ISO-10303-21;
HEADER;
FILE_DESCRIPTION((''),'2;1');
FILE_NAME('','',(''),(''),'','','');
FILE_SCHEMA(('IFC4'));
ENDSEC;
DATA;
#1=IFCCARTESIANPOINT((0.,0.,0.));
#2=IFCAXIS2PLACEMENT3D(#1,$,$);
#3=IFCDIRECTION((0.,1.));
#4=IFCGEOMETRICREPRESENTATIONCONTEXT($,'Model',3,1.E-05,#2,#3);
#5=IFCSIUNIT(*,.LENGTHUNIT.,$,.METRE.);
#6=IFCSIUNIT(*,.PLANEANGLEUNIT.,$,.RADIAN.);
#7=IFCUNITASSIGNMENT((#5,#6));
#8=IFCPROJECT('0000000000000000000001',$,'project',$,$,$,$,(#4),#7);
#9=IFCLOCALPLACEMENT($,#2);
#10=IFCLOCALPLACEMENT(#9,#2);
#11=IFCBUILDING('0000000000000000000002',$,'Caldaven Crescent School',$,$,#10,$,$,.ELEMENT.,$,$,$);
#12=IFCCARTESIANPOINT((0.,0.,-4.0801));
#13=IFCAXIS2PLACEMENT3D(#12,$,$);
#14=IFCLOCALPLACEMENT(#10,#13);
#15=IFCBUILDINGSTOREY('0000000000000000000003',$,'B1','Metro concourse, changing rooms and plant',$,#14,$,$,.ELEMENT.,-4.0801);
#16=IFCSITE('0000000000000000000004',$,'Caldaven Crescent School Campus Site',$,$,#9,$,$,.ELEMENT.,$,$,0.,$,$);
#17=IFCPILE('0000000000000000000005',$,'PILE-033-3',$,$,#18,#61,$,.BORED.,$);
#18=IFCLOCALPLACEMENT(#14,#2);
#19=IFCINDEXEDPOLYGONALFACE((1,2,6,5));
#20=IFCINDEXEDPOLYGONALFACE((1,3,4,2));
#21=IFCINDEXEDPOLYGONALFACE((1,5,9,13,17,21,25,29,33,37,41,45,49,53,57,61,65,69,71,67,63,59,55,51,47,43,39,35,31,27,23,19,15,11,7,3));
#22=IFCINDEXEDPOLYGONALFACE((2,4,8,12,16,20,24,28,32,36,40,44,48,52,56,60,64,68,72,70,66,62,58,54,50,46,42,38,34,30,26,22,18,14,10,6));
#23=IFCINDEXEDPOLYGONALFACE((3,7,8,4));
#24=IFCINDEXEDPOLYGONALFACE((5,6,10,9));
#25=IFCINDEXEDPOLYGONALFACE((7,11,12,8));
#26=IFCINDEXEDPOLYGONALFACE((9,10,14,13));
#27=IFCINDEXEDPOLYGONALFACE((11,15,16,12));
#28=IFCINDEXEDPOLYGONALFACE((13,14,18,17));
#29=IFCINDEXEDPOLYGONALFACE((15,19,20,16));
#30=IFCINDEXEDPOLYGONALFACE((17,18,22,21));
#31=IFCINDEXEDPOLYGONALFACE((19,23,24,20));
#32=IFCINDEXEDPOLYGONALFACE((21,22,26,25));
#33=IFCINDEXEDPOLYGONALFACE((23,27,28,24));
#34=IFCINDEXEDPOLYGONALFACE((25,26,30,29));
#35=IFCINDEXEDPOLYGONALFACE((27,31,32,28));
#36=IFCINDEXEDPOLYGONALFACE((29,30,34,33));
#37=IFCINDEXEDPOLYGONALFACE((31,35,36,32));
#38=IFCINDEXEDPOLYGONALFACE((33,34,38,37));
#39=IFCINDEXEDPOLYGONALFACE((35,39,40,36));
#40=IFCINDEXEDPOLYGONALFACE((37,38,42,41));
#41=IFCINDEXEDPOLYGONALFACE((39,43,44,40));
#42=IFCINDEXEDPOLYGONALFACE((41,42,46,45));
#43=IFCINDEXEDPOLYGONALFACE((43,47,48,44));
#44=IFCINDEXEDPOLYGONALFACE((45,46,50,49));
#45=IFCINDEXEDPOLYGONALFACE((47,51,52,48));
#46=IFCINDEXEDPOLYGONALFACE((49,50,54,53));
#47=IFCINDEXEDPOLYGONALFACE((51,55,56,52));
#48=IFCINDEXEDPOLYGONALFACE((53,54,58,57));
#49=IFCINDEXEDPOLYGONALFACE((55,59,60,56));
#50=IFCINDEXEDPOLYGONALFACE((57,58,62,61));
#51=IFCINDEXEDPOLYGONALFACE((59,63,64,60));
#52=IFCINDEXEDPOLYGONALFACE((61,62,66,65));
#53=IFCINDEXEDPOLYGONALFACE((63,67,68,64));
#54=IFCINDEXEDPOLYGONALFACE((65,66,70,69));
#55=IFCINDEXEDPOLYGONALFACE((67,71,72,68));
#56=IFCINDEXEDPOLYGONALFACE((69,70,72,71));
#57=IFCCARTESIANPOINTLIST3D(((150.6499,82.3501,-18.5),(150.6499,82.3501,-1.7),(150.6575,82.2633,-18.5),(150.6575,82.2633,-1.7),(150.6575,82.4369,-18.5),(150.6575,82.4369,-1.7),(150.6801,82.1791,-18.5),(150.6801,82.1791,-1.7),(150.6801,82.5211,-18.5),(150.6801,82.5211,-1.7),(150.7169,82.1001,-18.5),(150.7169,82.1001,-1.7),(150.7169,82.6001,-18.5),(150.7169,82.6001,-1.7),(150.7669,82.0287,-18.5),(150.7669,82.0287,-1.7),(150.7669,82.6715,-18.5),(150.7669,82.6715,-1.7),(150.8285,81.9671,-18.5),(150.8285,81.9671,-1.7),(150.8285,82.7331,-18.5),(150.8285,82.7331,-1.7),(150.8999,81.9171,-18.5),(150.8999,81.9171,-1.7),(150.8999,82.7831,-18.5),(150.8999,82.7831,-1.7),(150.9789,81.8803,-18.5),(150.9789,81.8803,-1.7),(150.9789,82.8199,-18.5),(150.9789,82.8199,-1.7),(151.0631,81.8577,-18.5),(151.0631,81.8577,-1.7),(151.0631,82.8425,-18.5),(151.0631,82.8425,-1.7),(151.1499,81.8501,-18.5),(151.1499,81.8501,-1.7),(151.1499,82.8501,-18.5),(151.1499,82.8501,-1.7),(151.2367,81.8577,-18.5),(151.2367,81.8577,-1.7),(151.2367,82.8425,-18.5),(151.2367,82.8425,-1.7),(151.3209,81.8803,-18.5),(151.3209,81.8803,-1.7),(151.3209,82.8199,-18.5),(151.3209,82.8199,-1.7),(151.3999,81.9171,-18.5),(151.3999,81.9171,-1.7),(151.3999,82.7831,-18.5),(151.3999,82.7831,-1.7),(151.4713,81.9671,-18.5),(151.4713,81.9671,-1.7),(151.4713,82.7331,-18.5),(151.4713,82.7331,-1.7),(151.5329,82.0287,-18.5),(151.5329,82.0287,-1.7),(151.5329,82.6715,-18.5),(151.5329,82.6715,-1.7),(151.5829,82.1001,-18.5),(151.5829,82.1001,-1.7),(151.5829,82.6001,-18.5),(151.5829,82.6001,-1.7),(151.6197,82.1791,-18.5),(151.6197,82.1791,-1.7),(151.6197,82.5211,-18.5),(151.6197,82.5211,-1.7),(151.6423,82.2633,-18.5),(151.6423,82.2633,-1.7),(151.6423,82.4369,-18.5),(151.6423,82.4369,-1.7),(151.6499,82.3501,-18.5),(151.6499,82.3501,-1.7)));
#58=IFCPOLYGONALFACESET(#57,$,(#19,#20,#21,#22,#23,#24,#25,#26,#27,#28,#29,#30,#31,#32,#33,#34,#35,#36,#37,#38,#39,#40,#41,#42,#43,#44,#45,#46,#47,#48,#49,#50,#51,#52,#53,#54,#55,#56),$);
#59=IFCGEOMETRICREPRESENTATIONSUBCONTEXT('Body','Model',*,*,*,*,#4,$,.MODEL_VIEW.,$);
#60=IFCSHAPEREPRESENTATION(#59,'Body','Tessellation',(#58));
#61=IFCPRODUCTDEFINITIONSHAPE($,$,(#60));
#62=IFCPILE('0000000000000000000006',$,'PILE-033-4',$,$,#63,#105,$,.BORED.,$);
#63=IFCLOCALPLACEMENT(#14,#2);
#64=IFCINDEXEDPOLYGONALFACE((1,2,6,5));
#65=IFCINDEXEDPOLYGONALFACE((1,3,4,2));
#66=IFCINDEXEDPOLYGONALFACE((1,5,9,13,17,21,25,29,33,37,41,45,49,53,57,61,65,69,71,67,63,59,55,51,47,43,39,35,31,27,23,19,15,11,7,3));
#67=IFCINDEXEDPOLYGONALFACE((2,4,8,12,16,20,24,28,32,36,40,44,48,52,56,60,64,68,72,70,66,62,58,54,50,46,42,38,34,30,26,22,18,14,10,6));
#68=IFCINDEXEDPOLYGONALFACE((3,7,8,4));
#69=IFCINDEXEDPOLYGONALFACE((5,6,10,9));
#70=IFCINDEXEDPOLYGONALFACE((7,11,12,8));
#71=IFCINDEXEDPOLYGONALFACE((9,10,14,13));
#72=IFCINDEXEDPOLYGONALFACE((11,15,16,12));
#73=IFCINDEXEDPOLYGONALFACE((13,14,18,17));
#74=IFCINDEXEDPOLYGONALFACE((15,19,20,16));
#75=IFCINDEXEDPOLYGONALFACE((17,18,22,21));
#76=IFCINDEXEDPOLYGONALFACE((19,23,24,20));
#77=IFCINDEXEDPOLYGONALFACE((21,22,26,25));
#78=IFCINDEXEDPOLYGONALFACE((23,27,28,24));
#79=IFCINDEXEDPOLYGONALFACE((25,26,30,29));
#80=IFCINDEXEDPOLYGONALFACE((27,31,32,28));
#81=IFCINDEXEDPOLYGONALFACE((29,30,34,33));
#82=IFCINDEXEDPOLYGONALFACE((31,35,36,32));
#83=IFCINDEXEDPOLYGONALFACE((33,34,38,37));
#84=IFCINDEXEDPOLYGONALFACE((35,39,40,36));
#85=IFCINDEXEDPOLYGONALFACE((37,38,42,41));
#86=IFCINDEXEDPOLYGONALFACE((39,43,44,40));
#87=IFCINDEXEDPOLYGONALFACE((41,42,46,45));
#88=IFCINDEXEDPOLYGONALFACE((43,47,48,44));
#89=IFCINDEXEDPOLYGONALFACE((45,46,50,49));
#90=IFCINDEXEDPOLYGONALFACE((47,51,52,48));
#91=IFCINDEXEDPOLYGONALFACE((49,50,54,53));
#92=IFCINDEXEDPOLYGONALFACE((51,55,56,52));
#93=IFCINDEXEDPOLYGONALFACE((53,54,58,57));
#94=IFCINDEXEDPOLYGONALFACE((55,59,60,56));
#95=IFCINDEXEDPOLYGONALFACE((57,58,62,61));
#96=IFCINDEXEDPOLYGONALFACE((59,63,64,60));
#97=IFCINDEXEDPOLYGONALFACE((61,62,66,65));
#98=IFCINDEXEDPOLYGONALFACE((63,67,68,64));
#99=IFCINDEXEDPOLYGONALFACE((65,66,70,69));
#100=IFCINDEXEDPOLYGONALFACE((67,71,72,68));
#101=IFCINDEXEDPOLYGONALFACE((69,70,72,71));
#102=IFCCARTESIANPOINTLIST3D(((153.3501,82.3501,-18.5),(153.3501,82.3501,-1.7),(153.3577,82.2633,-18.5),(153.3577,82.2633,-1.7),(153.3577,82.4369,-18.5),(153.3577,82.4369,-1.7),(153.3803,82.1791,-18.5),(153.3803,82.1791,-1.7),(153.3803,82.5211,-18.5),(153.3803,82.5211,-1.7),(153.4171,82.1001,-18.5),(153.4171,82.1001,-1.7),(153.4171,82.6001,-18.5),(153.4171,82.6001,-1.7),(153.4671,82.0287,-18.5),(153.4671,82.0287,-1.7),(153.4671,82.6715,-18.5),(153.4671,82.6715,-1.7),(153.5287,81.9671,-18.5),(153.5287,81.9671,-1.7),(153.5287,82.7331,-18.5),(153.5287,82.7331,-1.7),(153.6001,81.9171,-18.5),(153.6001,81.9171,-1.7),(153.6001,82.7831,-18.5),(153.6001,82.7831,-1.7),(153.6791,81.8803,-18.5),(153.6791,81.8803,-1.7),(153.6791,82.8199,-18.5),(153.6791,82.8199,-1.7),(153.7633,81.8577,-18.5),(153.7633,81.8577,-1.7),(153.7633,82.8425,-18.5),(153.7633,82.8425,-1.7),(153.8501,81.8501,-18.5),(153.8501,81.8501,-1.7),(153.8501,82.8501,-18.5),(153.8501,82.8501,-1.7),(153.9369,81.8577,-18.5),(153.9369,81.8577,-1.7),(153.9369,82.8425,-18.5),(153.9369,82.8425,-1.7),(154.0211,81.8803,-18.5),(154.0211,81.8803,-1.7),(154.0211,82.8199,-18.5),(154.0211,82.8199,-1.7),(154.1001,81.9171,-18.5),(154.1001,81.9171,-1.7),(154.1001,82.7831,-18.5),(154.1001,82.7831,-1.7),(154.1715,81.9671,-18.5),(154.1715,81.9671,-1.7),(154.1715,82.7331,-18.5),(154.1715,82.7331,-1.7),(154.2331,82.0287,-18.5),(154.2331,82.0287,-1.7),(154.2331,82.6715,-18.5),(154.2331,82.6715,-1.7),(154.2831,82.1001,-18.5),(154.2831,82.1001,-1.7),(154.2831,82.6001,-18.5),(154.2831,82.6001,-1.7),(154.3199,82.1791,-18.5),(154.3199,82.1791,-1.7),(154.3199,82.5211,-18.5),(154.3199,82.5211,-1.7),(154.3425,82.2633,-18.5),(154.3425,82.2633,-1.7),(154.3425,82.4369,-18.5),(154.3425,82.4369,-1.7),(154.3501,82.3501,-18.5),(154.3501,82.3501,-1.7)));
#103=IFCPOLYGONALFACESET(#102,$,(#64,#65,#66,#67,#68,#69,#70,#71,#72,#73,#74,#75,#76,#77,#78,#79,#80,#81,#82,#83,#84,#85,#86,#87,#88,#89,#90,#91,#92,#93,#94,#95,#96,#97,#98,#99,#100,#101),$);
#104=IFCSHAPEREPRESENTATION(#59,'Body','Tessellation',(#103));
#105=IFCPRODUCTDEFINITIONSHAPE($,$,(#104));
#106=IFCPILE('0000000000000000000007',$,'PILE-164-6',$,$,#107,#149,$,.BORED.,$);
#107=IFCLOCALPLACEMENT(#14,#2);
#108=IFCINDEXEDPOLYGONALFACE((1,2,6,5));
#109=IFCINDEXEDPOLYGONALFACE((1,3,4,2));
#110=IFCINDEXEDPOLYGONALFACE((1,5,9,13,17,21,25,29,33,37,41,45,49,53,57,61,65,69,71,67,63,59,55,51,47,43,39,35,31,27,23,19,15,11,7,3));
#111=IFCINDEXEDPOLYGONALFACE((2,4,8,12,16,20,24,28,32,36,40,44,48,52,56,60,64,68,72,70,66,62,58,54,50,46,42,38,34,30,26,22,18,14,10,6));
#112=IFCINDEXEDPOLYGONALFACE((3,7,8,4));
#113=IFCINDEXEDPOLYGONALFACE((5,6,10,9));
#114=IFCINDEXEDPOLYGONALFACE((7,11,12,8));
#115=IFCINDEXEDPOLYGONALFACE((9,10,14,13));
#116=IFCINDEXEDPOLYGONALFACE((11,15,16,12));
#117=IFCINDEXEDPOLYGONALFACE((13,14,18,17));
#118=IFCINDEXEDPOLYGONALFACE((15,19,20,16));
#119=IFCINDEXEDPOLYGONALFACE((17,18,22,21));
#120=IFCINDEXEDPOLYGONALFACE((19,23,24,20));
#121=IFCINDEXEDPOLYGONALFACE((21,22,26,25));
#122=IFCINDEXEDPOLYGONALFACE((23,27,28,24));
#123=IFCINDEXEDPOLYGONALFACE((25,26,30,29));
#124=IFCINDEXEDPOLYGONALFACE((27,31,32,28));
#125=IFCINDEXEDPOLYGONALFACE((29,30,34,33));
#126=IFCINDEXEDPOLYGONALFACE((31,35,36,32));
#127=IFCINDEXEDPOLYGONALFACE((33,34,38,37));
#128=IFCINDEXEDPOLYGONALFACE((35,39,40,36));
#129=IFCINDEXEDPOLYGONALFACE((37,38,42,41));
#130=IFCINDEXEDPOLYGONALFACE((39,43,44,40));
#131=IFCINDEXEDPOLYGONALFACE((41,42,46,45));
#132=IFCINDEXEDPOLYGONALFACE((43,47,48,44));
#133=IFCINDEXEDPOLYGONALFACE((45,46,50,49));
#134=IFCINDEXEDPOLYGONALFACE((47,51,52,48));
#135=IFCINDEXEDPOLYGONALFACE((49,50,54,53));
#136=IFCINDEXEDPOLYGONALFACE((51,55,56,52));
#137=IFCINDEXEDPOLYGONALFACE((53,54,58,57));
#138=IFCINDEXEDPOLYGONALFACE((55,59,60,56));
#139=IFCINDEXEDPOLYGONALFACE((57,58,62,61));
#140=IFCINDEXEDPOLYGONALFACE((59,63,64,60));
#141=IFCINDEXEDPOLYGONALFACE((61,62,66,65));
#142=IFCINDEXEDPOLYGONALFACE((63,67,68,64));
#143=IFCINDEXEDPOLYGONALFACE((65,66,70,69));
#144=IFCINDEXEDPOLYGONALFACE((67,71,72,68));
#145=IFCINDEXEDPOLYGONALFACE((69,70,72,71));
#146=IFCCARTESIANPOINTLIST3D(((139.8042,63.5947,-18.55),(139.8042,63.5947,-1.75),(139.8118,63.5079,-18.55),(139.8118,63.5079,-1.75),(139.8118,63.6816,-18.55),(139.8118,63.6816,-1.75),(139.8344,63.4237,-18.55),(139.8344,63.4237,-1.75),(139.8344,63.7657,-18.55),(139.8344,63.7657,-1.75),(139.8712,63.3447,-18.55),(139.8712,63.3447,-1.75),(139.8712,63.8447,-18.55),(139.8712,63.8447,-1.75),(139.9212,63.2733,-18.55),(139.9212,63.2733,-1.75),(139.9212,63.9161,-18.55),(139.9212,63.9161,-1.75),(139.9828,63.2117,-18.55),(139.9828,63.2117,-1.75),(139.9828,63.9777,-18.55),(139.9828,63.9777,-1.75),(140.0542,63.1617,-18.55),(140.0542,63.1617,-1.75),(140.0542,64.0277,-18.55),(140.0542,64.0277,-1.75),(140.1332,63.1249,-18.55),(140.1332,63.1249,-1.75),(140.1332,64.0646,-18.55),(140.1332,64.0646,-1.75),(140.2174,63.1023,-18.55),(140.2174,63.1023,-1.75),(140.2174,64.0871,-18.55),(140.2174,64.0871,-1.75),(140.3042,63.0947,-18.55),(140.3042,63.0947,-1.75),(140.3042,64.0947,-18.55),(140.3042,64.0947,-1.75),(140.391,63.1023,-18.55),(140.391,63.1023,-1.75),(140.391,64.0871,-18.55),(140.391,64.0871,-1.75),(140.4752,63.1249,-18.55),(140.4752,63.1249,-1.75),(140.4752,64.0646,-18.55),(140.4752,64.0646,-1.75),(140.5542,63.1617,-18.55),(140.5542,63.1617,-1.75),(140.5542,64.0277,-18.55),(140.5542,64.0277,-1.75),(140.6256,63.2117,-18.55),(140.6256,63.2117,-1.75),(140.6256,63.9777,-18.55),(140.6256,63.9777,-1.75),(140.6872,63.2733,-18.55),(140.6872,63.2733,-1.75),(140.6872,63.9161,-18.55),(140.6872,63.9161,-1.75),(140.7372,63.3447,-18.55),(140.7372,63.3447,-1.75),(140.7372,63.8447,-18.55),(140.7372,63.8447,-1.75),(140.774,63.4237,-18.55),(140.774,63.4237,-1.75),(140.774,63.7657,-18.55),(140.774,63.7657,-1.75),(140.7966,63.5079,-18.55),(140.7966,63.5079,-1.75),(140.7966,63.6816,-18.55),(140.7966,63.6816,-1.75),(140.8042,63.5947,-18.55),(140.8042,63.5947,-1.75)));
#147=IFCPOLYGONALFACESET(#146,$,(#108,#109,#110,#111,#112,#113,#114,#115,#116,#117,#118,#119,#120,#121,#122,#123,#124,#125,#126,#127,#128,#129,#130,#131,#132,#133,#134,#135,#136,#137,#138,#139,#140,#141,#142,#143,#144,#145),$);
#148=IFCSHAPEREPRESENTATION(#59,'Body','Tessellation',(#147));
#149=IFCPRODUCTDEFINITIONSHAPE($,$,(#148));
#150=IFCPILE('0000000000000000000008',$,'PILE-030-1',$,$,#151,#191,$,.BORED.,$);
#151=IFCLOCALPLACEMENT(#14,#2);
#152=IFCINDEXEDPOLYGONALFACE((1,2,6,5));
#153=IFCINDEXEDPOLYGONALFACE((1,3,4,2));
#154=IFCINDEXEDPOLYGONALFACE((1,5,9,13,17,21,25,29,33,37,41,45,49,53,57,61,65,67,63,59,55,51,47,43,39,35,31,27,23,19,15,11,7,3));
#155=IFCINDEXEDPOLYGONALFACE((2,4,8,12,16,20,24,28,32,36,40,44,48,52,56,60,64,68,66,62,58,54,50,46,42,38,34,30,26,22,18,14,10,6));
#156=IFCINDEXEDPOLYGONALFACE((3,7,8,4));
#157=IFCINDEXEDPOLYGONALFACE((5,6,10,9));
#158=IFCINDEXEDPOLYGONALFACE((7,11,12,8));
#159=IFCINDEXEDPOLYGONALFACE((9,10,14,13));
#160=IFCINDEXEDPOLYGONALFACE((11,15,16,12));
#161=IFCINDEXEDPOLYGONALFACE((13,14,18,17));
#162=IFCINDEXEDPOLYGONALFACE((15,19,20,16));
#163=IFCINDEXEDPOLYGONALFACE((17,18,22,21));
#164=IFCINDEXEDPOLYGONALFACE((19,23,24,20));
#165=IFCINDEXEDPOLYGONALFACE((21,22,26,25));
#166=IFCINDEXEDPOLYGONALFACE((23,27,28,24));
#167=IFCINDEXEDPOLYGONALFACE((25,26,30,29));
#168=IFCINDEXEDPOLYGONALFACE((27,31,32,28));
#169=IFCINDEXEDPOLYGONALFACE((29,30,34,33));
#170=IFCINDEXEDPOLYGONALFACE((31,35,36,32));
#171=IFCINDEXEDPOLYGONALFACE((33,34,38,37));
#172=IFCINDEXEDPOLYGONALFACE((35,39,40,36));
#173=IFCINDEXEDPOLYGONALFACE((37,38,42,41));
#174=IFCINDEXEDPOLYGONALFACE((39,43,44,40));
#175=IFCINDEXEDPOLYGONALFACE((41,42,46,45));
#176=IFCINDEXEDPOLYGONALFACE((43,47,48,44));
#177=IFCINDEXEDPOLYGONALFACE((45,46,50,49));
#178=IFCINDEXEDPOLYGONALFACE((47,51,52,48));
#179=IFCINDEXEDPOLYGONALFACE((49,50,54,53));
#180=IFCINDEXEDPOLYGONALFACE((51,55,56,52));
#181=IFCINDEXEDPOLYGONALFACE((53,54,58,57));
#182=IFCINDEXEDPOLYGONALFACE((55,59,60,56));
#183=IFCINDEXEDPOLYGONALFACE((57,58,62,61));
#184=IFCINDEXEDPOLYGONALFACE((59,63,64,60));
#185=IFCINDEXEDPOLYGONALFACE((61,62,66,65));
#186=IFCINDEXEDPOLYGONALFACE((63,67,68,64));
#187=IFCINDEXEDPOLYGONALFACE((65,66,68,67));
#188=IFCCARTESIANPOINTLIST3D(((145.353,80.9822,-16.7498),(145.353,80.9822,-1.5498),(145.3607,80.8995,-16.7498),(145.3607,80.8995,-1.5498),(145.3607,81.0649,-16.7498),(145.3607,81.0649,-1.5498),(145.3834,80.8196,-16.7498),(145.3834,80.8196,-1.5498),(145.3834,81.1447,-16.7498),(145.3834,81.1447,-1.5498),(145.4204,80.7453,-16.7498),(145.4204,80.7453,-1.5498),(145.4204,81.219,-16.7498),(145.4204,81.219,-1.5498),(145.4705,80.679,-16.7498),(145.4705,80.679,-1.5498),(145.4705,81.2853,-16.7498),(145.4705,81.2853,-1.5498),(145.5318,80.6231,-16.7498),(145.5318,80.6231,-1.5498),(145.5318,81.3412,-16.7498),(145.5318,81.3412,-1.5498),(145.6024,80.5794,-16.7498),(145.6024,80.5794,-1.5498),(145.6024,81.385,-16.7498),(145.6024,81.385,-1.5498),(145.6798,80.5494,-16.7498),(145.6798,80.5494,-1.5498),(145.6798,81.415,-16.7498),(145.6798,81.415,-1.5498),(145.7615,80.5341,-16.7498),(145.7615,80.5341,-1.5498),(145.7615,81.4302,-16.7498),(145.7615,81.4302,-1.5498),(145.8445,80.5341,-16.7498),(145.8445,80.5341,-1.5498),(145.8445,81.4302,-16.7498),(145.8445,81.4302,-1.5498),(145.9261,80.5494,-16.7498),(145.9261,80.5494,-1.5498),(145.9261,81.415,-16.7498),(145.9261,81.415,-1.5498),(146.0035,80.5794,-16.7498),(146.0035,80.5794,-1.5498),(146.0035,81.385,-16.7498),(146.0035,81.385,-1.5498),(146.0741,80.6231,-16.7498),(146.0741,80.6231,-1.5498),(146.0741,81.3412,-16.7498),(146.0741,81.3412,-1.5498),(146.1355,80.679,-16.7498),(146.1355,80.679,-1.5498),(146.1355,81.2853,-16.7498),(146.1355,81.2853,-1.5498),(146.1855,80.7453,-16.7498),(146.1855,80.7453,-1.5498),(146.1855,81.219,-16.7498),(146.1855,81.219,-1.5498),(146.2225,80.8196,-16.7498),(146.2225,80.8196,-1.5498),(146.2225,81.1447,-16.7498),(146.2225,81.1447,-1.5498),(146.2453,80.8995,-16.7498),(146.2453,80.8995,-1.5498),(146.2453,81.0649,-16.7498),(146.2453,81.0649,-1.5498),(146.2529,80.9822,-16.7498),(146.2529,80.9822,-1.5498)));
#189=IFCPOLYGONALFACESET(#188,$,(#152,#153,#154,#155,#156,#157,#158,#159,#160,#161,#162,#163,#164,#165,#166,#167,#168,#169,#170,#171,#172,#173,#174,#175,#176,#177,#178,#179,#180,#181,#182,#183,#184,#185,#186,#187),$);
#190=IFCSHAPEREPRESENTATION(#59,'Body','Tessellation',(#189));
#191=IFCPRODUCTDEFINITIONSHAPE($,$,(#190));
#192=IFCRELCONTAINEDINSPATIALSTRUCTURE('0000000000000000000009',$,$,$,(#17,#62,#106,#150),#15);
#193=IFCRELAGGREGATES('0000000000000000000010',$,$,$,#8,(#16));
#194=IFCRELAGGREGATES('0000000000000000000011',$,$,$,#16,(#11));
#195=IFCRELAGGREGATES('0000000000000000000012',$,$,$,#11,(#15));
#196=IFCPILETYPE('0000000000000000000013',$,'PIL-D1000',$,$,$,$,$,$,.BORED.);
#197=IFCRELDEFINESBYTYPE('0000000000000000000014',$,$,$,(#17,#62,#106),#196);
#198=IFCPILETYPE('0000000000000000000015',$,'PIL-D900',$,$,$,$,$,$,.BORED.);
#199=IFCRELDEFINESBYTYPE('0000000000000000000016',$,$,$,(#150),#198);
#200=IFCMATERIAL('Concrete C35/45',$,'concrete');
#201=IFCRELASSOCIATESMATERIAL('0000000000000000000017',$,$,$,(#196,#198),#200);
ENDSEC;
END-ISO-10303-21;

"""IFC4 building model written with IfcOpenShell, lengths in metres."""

from ifc_helpers import new_model, si_unit, direction, frame, origin, origin_2d, place, context, subcontext, project, spatial, circle, extrude, material, material_profile, profile_set, type_object, element, save


model = new_model("IFC4")

# Units and contexts
model_context = context("Model", 3, precision=1e-05, world=origin(), true_north=direction((0.0, 1.0)))
body_context = subcontext(model_context, "Body", "Model", "MODEL_VIEW")
ifc_project = project(units=[si_unit("LENGTHUNIT", "METRE"), si_unit("PLANEANGLEUNIT", "RADIAN")], contexts=[model_context])

# Site, building, storey
site_placement = place(None, origin())
site = spatial("IfcSite", under=ifc_project, at=site_placement, Name="Caldaven Crescent School Campus Site", CompositionType="ELEMENT", RefElevation=0.0)
building_placement = place(site_placement, origin())
building = spatial("IfcBuilding", under=site, at=building_placement, Name="Caldaven Crescent School", CompositionType="ELEMENT")
storey_placement = place(building_placement, frame((0.0, 0.0, -4.0801)))
storey = spatial("IfcBuildingStorey", under=building, at=storey_placement, Name="B1", Description="Metro concourse, changing rooms and plant", CompositionType="ELEMENT", Elevation=-4.0801)

# Shared definitions
ifc_material_1 = material(Name="Concrete C35/45", Category="concrete")

# Piles
ifc_material_profile_1 = material_profile(ifc_material_1, circle(Radius=0.5, at=origin_2d()), Name="PILE D1000")
ifc_profile_set_1 = profile_set([ifc_material_profile_1], Name="Concrete C35/45")
pile_type_1 = type_object("IfcPileType", Name="PIL-D1000", PredefinedType="BORED", material=ifc_profile_set_1)
for number, where, z_axis, x_axis, name in (
    (1, (151.1499, 82.3501, -1.7), (0.0, 0.0, -1.0), (1.0, 0.0, 0.0), "PILE-033-3"),
    (2, (153.8501, 82.3501, -1.7), (0.0, 0.0, -1.0), (1.0, 0.0, 0.0), "PILE-033-4"),
    (3, (140.3042, 63.5947, -1.75), (0.0, 0.0, -1.0), (1.0, 0.0, 0.0), "PILE-164-6"),
):
    element("IfcPile", number, at=place(storey_placement, frame(where, z_axis=z_axis, x_axis=x_axis)), inside=storey, type_object=pile_type_1, Name=name, PredefinedType="BORED", context=body_context, shape_type="SweptSolid", body=[
        extrude(circle(Radius=0.5, at=origin_2d()), origin(), (0.0, 0.0, 1.0), 16.8),
    ])
ifc_material_profile_2 = material_profile(ifc_material_1, circle(Radius=0.45, at=origin_2d()), Name="PILE D900")
ifc_profile_set_2 = profile_set([ifc_material_profile_2], Name="Concrete C35/45")
pile_type_2 = type_object("IfcPileType", Name="PIL-D900", PredefinedType="BORED", material=ifc_profile_set_2)
for number, where, z_axis, x_axis, name in (
    (4, (145.803, 80.9822, -1.5498), (0.0, 0.0, -1.0), (1.0, 0.0, 0.0), "PILE-030-1"),
):
    element("IfcPile", number, at=place(storey_placement, frame(where, z_axis=z_axis, x_axis=x_axis)), inside=storey, type_object=pile_type_2, Name=name, PredefinedType="BORED", context=body_context, shape_type="SweptSolid", body=[
        extrude(circle(Radius=0.45, at=origin_2d()), origin(), (0.0, 0.0, 1.0), 15.2),
    ])

save(model, "model.ifc")
